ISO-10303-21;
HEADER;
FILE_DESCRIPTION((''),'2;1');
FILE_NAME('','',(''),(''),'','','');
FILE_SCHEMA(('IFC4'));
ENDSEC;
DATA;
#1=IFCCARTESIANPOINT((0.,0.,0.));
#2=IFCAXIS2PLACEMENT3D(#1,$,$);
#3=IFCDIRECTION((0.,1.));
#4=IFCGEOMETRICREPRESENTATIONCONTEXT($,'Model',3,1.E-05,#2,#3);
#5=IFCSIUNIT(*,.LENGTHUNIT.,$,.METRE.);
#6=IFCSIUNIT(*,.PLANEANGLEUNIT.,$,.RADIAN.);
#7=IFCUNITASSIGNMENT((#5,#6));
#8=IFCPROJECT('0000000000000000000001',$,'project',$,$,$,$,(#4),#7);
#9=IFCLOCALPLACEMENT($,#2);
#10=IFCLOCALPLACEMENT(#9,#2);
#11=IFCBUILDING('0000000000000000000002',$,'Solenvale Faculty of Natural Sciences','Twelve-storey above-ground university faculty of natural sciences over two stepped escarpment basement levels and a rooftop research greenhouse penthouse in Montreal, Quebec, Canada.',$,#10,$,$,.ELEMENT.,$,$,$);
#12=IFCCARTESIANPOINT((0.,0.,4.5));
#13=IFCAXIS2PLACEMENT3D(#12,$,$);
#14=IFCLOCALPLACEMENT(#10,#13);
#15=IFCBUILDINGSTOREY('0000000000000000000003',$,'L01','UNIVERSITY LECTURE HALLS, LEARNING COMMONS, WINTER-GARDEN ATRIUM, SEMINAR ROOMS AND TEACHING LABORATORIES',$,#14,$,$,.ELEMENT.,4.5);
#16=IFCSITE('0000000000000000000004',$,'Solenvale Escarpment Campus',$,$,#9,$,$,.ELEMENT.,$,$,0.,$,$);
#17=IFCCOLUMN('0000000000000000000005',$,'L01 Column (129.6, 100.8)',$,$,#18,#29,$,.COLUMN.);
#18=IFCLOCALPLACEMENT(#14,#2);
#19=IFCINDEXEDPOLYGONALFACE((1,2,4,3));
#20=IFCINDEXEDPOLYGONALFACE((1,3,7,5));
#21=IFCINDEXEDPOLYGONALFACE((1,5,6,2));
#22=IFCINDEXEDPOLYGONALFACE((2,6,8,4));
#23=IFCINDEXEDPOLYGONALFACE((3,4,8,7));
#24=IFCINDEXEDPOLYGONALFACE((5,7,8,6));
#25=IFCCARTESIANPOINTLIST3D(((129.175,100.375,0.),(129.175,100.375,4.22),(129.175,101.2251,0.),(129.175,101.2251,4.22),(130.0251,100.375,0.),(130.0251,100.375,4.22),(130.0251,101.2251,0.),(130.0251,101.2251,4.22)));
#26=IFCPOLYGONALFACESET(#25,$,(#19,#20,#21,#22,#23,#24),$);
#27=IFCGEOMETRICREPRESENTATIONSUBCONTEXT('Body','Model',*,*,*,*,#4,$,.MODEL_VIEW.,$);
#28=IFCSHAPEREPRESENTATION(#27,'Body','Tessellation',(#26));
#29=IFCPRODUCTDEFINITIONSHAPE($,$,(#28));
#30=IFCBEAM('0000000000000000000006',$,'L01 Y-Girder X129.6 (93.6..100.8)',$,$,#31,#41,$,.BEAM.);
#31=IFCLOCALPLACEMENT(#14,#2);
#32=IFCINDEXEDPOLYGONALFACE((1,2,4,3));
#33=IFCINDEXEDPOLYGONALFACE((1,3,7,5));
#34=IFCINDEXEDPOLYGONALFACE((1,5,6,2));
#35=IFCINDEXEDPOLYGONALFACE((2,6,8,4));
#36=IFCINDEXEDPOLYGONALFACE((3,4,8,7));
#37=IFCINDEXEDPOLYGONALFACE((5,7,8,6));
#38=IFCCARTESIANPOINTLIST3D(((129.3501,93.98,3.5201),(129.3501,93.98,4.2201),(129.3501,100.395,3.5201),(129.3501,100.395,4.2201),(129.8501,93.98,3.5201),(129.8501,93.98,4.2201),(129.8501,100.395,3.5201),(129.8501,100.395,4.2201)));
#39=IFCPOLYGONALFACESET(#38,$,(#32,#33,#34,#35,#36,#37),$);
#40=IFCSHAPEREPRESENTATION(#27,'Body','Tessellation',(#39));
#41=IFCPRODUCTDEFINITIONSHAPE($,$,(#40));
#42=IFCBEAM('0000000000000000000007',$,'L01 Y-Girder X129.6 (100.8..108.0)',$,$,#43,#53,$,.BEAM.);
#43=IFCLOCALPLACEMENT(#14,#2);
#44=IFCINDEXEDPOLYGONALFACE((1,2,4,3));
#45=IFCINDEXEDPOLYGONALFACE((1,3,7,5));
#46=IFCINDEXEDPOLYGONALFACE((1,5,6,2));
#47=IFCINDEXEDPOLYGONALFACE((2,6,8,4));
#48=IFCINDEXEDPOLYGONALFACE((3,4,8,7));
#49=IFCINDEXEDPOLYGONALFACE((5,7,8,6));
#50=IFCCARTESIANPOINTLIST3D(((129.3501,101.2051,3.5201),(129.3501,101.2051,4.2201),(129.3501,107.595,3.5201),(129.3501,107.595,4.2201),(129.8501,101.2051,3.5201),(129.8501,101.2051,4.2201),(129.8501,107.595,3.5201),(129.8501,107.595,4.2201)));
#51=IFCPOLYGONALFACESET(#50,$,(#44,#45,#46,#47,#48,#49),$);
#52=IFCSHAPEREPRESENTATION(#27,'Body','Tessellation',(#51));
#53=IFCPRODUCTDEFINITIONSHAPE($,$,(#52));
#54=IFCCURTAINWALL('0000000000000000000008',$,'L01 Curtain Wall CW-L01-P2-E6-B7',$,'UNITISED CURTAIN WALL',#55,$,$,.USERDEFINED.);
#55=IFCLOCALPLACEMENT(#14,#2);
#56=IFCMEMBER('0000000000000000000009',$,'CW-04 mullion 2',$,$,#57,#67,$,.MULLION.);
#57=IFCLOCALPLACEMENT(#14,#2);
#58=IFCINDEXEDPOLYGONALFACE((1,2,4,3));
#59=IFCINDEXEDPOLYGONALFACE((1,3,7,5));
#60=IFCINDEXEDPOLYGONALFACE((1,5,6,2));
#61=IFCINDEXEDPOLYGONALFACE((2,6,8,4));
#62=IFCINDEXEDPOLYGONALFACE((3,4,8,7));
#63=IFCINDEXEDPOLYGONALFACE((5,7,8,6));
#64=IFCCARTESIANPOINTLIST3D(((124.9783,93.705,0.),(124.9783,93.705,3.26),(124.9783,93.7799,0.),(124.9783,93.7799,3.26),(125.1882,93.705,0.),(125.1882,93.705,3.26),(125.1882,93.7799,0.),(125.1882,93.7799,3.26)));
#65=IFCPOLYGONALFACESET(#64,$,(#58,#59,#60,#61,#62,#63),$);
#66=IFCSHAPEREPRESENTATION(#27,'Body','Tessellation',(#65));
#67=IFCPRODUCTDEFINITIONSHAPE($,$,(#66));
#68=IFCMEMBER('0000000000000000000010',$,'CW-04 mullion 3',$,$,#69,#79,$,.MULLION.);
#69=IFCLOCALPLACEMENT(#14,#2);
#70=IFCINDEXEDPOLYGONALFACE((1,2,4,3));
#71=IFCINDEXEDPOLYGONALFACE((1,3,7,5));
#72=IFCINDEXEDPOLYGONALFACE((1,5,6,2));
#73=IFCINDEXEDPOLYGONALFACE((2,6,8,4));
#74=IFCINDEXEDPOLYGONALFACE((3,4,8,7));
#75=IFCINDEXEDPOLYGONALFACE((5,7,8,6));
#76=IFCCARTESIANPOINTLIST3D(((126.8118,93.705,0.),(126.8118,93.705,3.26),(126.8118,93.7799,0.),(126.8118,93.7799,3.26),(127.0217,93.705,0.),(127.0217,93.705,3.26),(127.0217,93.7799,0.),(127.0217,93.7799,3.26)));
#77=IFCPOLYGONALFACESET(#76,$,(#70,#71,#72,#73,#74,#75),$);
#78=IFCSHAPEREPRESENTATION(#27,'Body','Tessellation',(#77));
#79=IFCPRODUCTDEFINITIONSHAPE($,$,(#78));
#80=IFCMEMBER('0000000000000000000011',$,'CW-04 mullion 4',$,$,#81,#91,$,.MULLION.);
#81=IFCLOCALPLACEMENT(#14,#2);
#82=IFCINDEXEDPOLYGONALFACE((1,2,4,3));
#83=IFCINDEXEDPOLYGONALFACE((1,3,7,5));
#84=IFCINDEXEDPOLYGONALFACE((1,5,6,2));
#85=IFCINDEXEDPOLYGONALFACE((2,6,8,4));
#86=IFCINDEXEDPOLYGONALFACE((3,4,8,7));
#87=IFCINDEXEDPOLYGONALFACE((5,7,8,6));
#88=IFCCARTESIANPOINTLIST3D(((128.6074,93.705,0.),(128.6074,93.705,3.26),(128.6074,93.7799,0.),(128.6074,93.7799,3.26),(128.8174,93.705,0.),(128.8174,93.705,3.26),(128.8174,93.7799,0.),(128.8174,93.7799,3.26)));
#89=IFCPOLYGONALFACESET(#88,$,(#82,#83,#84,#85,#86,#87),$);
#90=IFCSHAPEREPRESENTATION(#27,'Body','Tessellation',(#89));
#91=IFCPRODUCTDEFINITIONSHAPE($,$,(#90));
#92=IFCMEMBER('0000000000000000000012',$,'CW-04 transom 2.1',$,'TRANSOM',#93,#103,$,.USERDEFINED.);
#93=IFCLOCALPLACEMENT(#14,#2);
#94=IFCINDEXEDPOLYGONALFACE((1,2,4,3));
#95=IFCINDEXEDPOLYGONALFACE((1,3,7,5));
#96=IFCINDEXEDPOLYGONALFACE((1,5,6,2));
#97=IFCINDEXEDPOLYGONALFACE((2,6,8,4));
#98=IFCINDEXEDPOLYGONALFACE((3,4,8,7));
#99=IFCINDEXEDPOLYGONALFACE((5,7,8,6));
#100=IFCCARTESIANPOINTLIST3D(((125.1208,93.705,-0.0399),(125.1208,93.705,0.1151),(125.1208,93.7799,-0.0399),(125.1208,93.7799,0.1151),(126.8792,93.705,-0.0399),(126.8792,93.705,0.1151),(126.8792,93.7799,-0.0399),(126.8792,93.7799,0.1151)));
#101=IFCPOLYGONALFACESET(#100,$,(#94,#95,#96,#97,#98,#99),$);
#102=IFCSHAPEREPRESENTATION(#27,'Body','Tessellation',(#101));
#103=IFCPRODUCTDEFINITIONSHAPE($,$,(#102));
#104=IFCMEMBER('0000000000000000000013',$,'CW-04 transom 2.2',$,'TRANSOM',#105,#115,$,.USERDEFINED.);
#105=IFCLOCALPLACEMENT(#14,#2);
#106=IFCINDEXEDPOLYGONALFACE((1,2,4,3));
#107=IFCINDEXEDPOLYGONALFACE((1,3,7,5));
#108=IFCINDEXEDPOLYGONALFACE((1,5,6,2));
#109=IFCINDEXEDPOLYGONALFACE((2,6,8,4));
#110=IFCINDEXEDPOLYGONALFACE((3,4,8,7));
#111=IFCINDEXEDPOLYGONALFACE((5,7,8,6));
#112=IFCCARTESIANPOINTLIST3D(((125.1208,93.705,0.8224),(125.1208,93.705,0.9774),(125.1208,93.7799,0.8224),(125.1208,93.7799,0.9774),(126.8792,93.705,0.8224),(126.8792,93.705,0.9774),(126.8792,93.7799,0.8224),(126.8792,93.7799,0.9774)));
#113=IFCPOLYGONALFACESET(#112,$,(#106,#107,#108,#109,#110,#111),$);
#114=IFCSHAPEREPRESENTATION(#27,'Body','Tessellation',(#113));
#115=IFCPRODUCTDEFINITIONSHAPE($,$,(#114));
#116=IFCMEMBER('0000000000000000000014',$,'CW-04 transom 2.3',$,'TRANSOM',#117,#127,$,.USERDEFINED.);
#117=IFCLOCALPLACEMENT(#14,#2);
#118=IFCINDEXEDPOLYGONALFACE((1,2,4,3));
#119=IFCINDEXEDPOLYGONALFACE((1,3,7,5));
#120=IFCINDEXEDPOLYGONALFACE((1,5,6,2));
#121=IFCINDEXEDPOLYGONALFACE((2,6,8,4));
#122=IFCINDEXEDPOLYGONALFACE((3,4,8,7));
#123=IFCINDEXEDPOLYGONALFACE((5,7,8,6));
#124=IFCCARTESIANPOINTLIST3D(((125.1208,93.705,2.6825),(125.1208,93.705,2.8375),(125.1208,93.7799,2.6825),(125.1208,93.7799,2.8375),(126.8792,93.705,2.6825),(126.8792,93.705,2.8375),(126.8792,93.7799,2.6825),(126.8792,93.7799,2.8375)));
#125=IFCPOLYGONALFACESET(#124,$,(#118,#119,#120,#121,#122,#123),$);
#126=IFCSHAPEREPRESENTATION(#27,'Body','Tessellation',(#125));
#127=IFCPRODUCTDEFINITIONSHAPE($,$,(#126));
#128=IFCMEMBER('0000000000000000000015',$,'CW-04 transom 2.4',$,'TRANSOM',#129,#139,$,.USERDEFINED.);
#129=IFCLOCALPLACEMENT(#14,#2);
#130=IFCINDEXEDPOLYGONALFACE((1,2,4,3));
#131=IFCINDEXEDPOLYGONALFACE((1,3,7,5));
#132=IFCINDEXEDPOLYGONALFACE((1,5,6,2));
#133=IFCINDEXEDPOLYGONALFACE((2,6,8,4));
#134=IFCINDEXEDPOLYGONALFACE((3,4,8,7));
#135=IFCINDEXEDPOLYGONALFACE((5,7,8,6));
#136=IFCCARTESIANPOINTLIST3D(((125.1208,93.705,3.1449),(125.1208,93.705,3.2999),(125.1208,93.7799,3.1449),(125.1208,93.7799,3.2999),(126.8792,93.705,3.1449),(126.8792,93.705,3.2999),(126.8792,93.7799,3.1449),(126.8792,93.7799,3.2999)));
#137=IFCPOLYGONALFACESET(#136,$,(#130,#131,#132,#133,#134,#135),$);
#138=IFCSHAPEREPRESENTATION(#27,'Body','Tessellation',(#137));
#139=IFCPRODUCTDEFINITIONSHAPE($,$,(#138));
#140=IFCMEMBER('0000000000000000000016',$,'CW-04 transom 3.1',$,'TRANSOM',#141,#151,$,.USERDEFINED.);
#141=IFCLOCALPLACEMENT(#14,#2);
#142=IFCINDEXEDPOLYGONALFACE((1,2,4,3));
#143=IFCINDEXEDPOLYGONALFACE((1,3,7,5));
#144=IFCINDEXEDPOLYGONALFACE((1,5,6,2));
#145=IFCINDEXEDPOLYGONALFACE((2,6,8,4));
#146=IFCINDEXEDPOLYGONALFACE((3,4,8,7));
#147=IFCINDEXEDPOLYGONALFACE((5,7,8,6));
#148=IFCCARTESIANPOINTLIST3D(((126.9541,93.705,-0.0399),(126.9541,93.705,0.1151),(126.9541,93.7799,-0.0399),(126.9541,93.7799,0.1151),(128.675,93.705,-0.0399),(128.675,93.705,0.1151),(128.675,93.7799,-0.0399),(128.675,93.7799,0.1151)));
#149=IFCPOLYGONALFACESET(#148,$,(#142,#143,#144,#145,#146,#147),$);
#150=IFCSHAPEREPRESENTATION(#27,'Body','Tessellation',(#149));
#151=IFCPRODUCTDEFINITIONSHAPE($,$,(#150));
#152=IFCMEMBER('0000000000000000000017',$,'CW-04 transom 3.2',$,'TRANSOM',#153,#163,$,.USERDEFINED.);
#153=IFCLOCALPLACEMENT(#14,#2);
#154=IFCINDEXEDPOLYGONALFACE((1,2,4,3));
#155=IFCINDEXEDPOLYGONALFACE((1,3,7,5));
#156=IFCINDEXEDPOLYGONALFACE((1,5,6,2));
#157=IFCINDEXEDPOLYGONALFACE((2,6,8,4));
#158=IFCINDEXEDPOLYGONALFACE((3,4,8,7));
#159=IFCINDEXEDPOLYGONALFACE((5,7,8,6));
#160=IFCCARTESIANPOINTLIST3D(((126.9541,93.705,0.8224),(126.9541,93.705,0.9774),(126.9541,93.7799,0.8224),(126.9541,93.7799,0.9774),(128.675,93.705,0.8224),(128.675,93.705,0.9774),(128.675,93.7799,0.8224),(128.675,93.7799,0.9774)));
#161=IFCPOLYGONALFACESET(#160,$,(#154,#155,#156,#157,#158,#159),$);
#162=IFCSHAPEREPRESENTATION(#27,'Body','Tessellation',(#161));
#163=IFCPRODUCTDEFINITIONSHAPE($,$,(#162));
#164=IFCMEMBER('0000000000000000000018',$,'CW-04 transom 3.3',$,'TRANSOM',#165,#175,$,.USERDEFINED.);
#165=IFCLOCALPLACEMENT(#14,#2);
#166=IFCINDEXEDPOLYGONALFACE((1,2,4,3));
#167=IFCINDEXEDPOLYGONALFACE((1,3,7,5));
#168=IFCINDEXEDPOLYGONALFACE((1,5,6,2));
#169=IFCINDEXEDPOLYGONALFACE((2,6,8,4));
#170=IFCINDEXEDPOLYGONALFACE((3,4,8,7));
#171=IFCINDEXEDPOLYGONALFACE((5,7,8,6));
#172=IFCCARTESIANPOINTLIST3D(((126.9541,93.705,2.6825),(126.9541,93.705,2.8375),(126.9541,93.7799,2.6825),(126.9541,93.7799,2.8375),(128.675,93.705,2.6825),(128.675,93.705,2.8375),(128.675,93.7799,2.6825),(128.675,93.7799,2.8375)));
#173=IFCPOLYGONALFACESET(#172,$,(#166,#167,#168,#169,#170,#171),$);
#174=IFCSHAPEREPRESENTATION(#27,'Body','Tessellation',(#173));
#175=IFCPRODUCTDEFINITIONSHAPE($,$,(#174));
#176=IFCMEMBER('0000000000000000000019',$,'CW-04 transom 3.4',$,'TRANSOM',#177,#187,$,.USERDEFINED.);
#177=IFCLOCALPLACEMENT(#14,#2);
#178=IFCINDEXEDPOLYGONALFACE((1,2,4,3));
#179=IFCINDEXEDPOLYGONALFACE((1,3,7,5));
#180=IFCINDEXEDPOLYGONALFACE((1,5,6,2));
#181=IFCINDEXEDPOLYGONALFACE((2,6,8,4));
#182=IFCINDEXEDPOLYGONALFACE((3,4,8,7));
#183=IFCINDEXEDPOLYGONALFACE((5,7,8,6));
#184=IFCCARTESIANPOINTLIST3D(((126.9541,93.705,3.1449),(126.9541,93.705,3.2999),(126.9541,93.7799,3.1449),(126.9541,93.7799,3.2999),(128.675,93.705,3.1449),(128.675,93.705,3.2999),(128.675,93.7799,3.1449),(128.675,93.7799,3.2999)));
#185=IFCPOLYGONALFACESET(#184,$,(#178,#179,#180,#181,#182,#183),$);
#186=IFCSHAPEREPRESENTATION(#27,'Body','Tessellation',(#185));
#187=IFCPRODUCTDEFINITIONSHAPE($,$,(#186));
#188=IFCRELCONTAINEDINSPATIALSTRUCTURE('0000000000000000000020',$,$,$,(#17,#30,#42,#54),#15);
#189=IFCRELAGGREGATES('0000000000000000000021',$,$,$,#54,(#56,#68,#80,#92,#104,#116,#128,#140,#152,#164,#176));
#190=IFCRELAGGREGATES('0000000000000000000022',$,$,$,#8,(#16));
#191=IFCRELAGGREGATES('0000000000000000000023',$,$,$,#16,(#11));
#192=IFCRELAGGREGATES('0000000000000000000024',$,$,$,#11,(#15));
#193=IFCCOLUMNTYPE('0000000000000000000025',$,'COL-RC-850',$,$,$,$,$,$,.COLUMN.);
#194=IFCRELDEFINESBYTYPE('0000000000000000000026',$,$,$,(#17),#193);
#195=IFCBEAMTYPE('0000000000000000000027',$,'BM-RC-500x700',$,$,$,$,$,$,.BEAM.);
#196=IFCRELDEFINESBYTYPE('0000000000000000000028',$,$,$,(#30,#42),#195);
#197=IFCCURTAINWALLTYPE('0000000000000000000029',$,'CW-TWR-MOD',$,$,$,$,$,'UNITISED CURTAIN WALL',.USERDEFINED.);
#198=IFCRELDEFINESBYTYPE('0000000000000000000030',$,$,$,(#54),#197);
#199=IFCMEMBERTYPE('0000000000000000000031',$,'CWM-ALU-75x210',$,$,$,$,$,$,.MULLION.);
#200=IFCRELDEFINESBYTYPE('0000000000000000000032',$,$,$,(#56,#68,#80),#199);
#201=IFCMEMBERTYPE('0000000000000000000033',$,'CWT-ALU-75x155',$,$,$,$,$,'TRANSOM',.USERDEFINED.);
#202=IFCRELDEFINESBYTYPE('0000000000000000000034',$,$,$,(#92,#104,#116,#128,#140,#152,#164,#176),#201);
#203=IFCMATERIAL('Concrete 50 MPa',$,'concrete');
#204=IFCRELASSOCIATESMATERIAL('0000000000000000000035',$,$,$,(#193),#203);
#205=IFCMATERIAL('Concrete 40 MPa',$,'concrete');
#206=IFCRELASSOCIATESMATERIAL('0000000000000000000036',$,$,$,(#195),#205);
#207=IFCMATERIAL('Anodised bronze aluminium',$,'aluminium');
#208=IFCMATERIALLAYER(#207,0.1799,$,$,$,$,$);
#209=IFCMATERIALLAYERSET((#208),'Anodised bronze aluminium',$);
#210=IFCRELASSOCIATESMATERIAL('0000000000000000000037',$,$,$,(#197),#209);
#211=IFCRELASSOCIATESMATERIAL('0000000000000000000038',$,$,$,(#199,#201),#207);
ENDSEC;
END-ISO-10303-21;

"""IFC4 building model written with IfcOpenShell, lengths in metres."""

from ifc_helpers import new_model, si_unit, direction, frame, origin, origin_2d, place, context, subcontext, project, spatial, rectangle, extrude, material, layer, layer_set, material_profile, profile_set, type_object, element, aggregate, save


model = new_model("IFC4")

# Units and contexts
model_context = context("Model", 3, precision=1e-05, world=origin(), true_north=direction((0.0, 1.0)))
body_context = subcontext(model_context, "Body", "Model", "MODEL_VIEW")
ifc_project = project(units=[si_unit("LENGTHUNIT", "METRE"), si_unit("PLANEANGLEUNIT", "RADIAN")], contexts=[model_context])

# Site, building, storey
site_placement = place(None, origin())
site = spatial("IfcSite", under=ifc_project, at=site_placement, Name="Solenvale Escarpment Campus", CompositionType="ELEMENT", RefElevation=0.0)
building_placement = place(site_placement, origin())
building = spatial("IfcBuilding", under=site, at=building_placement, Name="Solenvale Faculty of Natural Sciences", Description="Twelve-storey above-ground university faculty of natural sciences over two stepped escarpment basement levels and a rooftop research greenhouse penthouse in Montreal, Quebec, Canada.", CompositionType="ELEMENT")
storey_placement = place(building_placement, frame((0.0, 0.0, 4.5)))
storey = spatial("IfcBuildingStorey", under=building, at=storey_placement, Name="L01", Description="UNIVERSITY LECTURE HALLS, LEARNING COMMONS, WINTER-GARDEN ATRIUM, SEMINAR ROOMS AND TEACHING LABORATORIES", CompositionType="ELEMENT", Elevation=4.5)

# Column
ifc_material_1 = material(Name="Concrete 50 MPa", Category="concrete")
ifc_material_profile_1 = material_profile(ifc_material_1, rectangle(XDim=0.8501, YDim=0.8501, at=origin_2d()), Name="RC-COL-850x850")
ifc_profile_set_1 = profile_set([ifc_material_profile_1], Name="Concrete 50 MPa")
column_type = type_object("IfcColumnType", Name="COL-RC-850", PredefinedType="COLUMN", material=ifc_profile_set_1)
column_placement = place(storey_placement, frame((129.6001, 100.8, 0.0), z_axis=(0.0, 0.0, 1.0), x_axis=(1.0, 0.0, 0.0)))
element("IfcColumn", 1, at=column_placement, inside=storey, type_object=column_type, Name="L01 Column (129.6, 100.8)", PredefinedType="COLUMN", context=body_context, shape_type="SweptSolid", body=[
    extrude(rectangle(XDim=0.8501, YDim=0.8501, at=origin_2d()), origin(), (0.0, 0.0, 1.0), 4.22),
])

# Beams
ifc_material_2 = material(Name="Concrete 40 MPa", Category="concrete")
ifc_material_profile_2 = material_profile(ifc_material_2, rectangle(XDim=0.5, YDim=0.7, at=origin_2d()), Name="RC-BM-500x700")
ifc_profile_set_2 = profile_set([ifc_material_profile_2], Name="Concrete 40 MPa")
beam_type = type_object("IfcBeamType", Name="BM-RC-500x700", PredefinedType="BEAM", material=ifc_profile_set_2)
beam_1_placement = place(storey_placement, frame((129.6001, 93.98, 3.8701), z_axis=(0.0, 1.0, 0.0), x_axis=(-1.0, 0.0, 0.0)))
element("IfcBeam", 2, at=beam_1_placement, inside=storey, type_object=beam_type, Name="L01 Y-Girder X129.6 (93.6..100.8)", PredefinedType="BEAM", context=body_context, shape_type="SweptSolid", body=[
    extrude(rectangle(XDim=0.5, YDim=0.7, at=origin_2d()), origin(), (0.0, 0.0, 1.0), 6.415),
])
beam_2_placement = place(storey_placement, frame((129.6001, 101.2051, 3.8701), z_axis=(0.0, 1.0, 0.0), x_axis=(-1.0, 0.0, 0.0)))
element("IfcBeam", 3, at=beam_2_placement, inside=storey, type_object=beam_type, Name="L01 Y-Girder X129.6 (100.8..108.0)", PredefinedType="BEAM", context=body_context, shape_type="SweptSolid", body=[
    extrude(rectangle(XDim=0.5, YDim=0.7, at=origin_2d()), origin(), (0.0, 0.0, 1.0), 6.3899),
])

# Curtain wall, members
ifc_material_3 = material(Name="Anodised bronze aluminium", Category="aluminium")
ifc_layer_1 = layer(ifc_material_3, 0.1799)
ifc_layer_set_1 = layer_set([ifc_layer_1], Name="Anodised bronze aluminium")
curtain_wall_type = type_object("IfcCurtainWallType", Name="CW-TWR-MOD", ElementType="UNITISED CURTAIN WALL", PredefinedType="USERDEFINED", material=ifc_layer_set_1)
curtain_wall_placement = place(storey_placement, origin())
curtain_wall = element("IfcCurtainWall", 4, at=curtain_wall_placement, inside=storey, type_object=curtain_wall_type, Name="L01 Curtain Wall CW-L01-P2-E6-B7", ObjectType="UNITISED CURTAIN WALL", PredefinedType="USERDEFINED")
ifc_material_profile_3 = material_profile(ifc_material_3, rectangle(XDim=0.075, YDim=0.21, at=origin_2d()), Name="ALU-MUL-75x210")
ifc_profile_set_3 = profile_set([ifc_material_profile_3], Name="Anodised bronze aluminium")
member_type_1 = type_object("IfcMemberType", Name="CWM-ALU-75x210", PredefinedType="MULLION", material=ifc_profile_set_3)
member_1_placement = place(storey_placement, frame((125.0833, 93.7424, 0.0), z_axis=(0.0, 0.0, 1.0), x_axis=(0.0, 1.0, 0.0)))
member_1 = element("IfcMember", 5, at=member_1_placement, type_object=member_type_1, Name="CW-04 mullion 2", PredefinedType="MULLION", context=body_context, shape_type="SweptSolid", body=[
    extrude(rectangle(XDim=0.075, YDim=0.21, at=origin_2d()), origin(), (0.0, 0.0, 1.0), 3.26),
])
member_2_placement = place(storey_placement, frame((126.9167, 93.7424, 0.0), z_axis=(0.0, 0.0, 1.0), x_axis=(0.0, 1.0, 0.0)))
member_2 = element("IfcMember", 6, at=member_2_placement, type_object=member_type_1, Name="CW-04 mullion 3", PredefinedType="MULLION", context=body_context, shape_type="SweptSolid", body=[
    extrude(rectangle(XDim=0.075, YDim=0.21, at=origin_2d()), origin(), (0.0, 0.0, 1.0), 3.26),
])
member_3_placement = place(storey_placement, frame((128.7124, 93.7424, 0.0), z_axis=(0.0, 0.0, 1.0), x_axis=(0.0, 1.0, 0.0)))
member_3 = element("IfcMember", 7, at=member_3_placement, type_object=member_type_1, Name="CW-04 mullion 4", PredefinedType="MULLION", context=body_context, shape_type="SweptSolid", body=[
    extrude(rectangle(XDim=0.075, YDim=0.21, at=origin_2d()), origin(), (0.0, 0.0, 1.0), 3.26),
])
ifc_material_profile_4 = material_profile(ifc_material_3, rectangle(XDim=0.075, YDim=0.155, at=origin_2d()), Name="ALU-TRN-75x155")
ifc_profile_set_4 = profile_set([ifc_material_profile_4], Name="Anodised bronze aluminium")
member_type_2 = type_object("IfcMemberType", Name="CWT-ALU-75x155", ElementType="TRANSOM", PredefinedType="USERDEFINED", material=ifc_profile_set_4)
member_4_placement = place(storey_placement, frame((125.1208, 93.7424, 0.0376), z_axis=(1.0, 0.0, 0.0), x_axis=(0.0, 1.0, 0.0)))
member_4 = element("IfcMember", 8, at=member_4_placement, type_object=member_type_2, Name="CW-04 transom 2.1", ObjectType="TRANSOM", PredefinedType="USERDEFINED", context=body_context, shape_type="SweptSolid", body=[
    extrude(rectangle(XDim=0.075, YDim=0.155, at=origin_2d()), origin(), (0.0, 0.0, 1.0), 1.7583),
])
member_5_placement = place(storey_placement, frame((125.1208, 93.7424, 0.8999), z_axis=(1.0, 0.0, 0.0), x_axis=(0.0, 1.0, 0.0)))
member_5 = element("IfcMember", 9, at=member_5_placement, type_object=member_type_2, Name="CW-04 transom 2.2", ObjectType="TRANSOM", PredefinedType="USERDEFINED", context=body_context, shape_type="SweptSolid", body=[
    extrude(rectangle(XDim=0.075, YDim=0.155, at=origin_2d()), origin(), (0.0, 0.0, 1.0), 1.7583),
])
member_6_placement = place(storey_placement, frame((125.1208, 93.7424, 2.76), z_axis=(1.0, 0.0, 0.0), x_axis=(0.0, 1.0, 0.0)))
member_6 = element("IfcMember", 10, at=member_6_placement, type_object=member_type_2, Name="CW-04 transom 2.3", ObjectType="TRANSOM", PredefinedType="USERDEFINED", context=body_context, shape_type="SweptSolid", body=[
    extrude(rectangle(XDim=0.075, YDim=0.155, at=origin_2d()), origin(), (0.0, 0.0, 1.0), 1.7583),
])
member_7_placement = place(storey_placement, frame((125.1208, 93.7424, 3.2224), z_axis=(1.0, 0.0, 0.0), x_axis=(0.0, 1.0, 0.0)))
member_7 = element("IfcMember", 11, at=member_7_placement, type_object=member_type_2, Name="CW-04 transom 2.4", ObjectType="TRANSOM", PredefinedType="USERDEFINED", context=body_context, shape_type="SweptSolid", body=[
    extrude(rectangle(XDim=0.075, YDim=0.155, at=origin_2d()), origin(), (0.0, 0.0, 1.0), 1.7583),
])
member_8_placement = place(storey_placement, frame((126.9541, 93.7424, 0.0376), z_axis=(1.0, 0.0, 0.0), x_axis=(0.0, 1.0, 0.0)))
member_8 = element("IfcMember", 12, at=member_8_placement, type_object=member_type_2, Name="CW-04 transom 3.1", ObjectType="TRANSOM", PredefinedType="USERDEFINED", context=body_context, shape_type="SweptSolid", body=[
    extrude(rectangle(XDim=0.075, YDim=0.155, at=origin_2d()), origin(), (0.0, 0.0, 1.0), 1.7209),
])
member_9_placement = place(storey_placement, frame((126.9541, 93.7424, 0.8999), z_axis=(1.0, 0.0, 0.0), x_axis=(0.0, 1.0, 0.0)))
member_9 = element("IfcMember", 13, at=member_9_placement, type_object=member_type_2, Name="CW-04 transom 3.2", ObjectType="TRANSOM", PredefinedType="USERDEFINED", context=body_context, shape_type="SweptSolid", body=[
    extrude(rectangle(XDim=0.075, YDim=0.155, at=origin_2d()), origin(), (0.0, 0.0, 1.0), 1.7209),
])
member_10_placement = place(storey_placement, frame((126.9541, 93.7424, 2.76), z_axis=(1.0, 0.0, 0.0), x_axis=(0.0, 1.0, 0.0)))
member_10 = element("IfcMember", 14, at=member_10_placement, type_object=member_type_2, Name="CW-04 transom 3.3", ObjectType="TRANSOM", PredefinedType="USERDEFINED", context=body_context, shape_type="SweptSolid", body=[
    extrude(rectangle(XDim=0.075, YDim=0.155, at=origin_2d()), origin(), (0.0, 0.0, 1.0), 1.7209),
])
member_11_placement = place(storey_placement, frame((126.9541, 93.7424, 3.2224), z_axis=(1.0, 0.0, 0.0), x_axis=(0.0, 1.0, 0.0)))
member_11 = element("IfcMember", 15, at=member_11_placement, type_object=member_type_2, Name="CW-04 transom 3.4", ObjectType="TRANSOM", PredefinedType="USERDEFINED", context=body_context, shape_type="SweptSolid", body=[
    extrude(rectangle(XDim=0.075, YDim=0.155, at=origin_2d()), origin(), (0.0, 0.0, 1.0), 1.7209),
])
aggregate(curtain_wall, [member_1, member_2, member_3, member_4, member_5, member_6, member_7, member_8, member_9, member_10, member_11])

save(model, "model.ifc")
